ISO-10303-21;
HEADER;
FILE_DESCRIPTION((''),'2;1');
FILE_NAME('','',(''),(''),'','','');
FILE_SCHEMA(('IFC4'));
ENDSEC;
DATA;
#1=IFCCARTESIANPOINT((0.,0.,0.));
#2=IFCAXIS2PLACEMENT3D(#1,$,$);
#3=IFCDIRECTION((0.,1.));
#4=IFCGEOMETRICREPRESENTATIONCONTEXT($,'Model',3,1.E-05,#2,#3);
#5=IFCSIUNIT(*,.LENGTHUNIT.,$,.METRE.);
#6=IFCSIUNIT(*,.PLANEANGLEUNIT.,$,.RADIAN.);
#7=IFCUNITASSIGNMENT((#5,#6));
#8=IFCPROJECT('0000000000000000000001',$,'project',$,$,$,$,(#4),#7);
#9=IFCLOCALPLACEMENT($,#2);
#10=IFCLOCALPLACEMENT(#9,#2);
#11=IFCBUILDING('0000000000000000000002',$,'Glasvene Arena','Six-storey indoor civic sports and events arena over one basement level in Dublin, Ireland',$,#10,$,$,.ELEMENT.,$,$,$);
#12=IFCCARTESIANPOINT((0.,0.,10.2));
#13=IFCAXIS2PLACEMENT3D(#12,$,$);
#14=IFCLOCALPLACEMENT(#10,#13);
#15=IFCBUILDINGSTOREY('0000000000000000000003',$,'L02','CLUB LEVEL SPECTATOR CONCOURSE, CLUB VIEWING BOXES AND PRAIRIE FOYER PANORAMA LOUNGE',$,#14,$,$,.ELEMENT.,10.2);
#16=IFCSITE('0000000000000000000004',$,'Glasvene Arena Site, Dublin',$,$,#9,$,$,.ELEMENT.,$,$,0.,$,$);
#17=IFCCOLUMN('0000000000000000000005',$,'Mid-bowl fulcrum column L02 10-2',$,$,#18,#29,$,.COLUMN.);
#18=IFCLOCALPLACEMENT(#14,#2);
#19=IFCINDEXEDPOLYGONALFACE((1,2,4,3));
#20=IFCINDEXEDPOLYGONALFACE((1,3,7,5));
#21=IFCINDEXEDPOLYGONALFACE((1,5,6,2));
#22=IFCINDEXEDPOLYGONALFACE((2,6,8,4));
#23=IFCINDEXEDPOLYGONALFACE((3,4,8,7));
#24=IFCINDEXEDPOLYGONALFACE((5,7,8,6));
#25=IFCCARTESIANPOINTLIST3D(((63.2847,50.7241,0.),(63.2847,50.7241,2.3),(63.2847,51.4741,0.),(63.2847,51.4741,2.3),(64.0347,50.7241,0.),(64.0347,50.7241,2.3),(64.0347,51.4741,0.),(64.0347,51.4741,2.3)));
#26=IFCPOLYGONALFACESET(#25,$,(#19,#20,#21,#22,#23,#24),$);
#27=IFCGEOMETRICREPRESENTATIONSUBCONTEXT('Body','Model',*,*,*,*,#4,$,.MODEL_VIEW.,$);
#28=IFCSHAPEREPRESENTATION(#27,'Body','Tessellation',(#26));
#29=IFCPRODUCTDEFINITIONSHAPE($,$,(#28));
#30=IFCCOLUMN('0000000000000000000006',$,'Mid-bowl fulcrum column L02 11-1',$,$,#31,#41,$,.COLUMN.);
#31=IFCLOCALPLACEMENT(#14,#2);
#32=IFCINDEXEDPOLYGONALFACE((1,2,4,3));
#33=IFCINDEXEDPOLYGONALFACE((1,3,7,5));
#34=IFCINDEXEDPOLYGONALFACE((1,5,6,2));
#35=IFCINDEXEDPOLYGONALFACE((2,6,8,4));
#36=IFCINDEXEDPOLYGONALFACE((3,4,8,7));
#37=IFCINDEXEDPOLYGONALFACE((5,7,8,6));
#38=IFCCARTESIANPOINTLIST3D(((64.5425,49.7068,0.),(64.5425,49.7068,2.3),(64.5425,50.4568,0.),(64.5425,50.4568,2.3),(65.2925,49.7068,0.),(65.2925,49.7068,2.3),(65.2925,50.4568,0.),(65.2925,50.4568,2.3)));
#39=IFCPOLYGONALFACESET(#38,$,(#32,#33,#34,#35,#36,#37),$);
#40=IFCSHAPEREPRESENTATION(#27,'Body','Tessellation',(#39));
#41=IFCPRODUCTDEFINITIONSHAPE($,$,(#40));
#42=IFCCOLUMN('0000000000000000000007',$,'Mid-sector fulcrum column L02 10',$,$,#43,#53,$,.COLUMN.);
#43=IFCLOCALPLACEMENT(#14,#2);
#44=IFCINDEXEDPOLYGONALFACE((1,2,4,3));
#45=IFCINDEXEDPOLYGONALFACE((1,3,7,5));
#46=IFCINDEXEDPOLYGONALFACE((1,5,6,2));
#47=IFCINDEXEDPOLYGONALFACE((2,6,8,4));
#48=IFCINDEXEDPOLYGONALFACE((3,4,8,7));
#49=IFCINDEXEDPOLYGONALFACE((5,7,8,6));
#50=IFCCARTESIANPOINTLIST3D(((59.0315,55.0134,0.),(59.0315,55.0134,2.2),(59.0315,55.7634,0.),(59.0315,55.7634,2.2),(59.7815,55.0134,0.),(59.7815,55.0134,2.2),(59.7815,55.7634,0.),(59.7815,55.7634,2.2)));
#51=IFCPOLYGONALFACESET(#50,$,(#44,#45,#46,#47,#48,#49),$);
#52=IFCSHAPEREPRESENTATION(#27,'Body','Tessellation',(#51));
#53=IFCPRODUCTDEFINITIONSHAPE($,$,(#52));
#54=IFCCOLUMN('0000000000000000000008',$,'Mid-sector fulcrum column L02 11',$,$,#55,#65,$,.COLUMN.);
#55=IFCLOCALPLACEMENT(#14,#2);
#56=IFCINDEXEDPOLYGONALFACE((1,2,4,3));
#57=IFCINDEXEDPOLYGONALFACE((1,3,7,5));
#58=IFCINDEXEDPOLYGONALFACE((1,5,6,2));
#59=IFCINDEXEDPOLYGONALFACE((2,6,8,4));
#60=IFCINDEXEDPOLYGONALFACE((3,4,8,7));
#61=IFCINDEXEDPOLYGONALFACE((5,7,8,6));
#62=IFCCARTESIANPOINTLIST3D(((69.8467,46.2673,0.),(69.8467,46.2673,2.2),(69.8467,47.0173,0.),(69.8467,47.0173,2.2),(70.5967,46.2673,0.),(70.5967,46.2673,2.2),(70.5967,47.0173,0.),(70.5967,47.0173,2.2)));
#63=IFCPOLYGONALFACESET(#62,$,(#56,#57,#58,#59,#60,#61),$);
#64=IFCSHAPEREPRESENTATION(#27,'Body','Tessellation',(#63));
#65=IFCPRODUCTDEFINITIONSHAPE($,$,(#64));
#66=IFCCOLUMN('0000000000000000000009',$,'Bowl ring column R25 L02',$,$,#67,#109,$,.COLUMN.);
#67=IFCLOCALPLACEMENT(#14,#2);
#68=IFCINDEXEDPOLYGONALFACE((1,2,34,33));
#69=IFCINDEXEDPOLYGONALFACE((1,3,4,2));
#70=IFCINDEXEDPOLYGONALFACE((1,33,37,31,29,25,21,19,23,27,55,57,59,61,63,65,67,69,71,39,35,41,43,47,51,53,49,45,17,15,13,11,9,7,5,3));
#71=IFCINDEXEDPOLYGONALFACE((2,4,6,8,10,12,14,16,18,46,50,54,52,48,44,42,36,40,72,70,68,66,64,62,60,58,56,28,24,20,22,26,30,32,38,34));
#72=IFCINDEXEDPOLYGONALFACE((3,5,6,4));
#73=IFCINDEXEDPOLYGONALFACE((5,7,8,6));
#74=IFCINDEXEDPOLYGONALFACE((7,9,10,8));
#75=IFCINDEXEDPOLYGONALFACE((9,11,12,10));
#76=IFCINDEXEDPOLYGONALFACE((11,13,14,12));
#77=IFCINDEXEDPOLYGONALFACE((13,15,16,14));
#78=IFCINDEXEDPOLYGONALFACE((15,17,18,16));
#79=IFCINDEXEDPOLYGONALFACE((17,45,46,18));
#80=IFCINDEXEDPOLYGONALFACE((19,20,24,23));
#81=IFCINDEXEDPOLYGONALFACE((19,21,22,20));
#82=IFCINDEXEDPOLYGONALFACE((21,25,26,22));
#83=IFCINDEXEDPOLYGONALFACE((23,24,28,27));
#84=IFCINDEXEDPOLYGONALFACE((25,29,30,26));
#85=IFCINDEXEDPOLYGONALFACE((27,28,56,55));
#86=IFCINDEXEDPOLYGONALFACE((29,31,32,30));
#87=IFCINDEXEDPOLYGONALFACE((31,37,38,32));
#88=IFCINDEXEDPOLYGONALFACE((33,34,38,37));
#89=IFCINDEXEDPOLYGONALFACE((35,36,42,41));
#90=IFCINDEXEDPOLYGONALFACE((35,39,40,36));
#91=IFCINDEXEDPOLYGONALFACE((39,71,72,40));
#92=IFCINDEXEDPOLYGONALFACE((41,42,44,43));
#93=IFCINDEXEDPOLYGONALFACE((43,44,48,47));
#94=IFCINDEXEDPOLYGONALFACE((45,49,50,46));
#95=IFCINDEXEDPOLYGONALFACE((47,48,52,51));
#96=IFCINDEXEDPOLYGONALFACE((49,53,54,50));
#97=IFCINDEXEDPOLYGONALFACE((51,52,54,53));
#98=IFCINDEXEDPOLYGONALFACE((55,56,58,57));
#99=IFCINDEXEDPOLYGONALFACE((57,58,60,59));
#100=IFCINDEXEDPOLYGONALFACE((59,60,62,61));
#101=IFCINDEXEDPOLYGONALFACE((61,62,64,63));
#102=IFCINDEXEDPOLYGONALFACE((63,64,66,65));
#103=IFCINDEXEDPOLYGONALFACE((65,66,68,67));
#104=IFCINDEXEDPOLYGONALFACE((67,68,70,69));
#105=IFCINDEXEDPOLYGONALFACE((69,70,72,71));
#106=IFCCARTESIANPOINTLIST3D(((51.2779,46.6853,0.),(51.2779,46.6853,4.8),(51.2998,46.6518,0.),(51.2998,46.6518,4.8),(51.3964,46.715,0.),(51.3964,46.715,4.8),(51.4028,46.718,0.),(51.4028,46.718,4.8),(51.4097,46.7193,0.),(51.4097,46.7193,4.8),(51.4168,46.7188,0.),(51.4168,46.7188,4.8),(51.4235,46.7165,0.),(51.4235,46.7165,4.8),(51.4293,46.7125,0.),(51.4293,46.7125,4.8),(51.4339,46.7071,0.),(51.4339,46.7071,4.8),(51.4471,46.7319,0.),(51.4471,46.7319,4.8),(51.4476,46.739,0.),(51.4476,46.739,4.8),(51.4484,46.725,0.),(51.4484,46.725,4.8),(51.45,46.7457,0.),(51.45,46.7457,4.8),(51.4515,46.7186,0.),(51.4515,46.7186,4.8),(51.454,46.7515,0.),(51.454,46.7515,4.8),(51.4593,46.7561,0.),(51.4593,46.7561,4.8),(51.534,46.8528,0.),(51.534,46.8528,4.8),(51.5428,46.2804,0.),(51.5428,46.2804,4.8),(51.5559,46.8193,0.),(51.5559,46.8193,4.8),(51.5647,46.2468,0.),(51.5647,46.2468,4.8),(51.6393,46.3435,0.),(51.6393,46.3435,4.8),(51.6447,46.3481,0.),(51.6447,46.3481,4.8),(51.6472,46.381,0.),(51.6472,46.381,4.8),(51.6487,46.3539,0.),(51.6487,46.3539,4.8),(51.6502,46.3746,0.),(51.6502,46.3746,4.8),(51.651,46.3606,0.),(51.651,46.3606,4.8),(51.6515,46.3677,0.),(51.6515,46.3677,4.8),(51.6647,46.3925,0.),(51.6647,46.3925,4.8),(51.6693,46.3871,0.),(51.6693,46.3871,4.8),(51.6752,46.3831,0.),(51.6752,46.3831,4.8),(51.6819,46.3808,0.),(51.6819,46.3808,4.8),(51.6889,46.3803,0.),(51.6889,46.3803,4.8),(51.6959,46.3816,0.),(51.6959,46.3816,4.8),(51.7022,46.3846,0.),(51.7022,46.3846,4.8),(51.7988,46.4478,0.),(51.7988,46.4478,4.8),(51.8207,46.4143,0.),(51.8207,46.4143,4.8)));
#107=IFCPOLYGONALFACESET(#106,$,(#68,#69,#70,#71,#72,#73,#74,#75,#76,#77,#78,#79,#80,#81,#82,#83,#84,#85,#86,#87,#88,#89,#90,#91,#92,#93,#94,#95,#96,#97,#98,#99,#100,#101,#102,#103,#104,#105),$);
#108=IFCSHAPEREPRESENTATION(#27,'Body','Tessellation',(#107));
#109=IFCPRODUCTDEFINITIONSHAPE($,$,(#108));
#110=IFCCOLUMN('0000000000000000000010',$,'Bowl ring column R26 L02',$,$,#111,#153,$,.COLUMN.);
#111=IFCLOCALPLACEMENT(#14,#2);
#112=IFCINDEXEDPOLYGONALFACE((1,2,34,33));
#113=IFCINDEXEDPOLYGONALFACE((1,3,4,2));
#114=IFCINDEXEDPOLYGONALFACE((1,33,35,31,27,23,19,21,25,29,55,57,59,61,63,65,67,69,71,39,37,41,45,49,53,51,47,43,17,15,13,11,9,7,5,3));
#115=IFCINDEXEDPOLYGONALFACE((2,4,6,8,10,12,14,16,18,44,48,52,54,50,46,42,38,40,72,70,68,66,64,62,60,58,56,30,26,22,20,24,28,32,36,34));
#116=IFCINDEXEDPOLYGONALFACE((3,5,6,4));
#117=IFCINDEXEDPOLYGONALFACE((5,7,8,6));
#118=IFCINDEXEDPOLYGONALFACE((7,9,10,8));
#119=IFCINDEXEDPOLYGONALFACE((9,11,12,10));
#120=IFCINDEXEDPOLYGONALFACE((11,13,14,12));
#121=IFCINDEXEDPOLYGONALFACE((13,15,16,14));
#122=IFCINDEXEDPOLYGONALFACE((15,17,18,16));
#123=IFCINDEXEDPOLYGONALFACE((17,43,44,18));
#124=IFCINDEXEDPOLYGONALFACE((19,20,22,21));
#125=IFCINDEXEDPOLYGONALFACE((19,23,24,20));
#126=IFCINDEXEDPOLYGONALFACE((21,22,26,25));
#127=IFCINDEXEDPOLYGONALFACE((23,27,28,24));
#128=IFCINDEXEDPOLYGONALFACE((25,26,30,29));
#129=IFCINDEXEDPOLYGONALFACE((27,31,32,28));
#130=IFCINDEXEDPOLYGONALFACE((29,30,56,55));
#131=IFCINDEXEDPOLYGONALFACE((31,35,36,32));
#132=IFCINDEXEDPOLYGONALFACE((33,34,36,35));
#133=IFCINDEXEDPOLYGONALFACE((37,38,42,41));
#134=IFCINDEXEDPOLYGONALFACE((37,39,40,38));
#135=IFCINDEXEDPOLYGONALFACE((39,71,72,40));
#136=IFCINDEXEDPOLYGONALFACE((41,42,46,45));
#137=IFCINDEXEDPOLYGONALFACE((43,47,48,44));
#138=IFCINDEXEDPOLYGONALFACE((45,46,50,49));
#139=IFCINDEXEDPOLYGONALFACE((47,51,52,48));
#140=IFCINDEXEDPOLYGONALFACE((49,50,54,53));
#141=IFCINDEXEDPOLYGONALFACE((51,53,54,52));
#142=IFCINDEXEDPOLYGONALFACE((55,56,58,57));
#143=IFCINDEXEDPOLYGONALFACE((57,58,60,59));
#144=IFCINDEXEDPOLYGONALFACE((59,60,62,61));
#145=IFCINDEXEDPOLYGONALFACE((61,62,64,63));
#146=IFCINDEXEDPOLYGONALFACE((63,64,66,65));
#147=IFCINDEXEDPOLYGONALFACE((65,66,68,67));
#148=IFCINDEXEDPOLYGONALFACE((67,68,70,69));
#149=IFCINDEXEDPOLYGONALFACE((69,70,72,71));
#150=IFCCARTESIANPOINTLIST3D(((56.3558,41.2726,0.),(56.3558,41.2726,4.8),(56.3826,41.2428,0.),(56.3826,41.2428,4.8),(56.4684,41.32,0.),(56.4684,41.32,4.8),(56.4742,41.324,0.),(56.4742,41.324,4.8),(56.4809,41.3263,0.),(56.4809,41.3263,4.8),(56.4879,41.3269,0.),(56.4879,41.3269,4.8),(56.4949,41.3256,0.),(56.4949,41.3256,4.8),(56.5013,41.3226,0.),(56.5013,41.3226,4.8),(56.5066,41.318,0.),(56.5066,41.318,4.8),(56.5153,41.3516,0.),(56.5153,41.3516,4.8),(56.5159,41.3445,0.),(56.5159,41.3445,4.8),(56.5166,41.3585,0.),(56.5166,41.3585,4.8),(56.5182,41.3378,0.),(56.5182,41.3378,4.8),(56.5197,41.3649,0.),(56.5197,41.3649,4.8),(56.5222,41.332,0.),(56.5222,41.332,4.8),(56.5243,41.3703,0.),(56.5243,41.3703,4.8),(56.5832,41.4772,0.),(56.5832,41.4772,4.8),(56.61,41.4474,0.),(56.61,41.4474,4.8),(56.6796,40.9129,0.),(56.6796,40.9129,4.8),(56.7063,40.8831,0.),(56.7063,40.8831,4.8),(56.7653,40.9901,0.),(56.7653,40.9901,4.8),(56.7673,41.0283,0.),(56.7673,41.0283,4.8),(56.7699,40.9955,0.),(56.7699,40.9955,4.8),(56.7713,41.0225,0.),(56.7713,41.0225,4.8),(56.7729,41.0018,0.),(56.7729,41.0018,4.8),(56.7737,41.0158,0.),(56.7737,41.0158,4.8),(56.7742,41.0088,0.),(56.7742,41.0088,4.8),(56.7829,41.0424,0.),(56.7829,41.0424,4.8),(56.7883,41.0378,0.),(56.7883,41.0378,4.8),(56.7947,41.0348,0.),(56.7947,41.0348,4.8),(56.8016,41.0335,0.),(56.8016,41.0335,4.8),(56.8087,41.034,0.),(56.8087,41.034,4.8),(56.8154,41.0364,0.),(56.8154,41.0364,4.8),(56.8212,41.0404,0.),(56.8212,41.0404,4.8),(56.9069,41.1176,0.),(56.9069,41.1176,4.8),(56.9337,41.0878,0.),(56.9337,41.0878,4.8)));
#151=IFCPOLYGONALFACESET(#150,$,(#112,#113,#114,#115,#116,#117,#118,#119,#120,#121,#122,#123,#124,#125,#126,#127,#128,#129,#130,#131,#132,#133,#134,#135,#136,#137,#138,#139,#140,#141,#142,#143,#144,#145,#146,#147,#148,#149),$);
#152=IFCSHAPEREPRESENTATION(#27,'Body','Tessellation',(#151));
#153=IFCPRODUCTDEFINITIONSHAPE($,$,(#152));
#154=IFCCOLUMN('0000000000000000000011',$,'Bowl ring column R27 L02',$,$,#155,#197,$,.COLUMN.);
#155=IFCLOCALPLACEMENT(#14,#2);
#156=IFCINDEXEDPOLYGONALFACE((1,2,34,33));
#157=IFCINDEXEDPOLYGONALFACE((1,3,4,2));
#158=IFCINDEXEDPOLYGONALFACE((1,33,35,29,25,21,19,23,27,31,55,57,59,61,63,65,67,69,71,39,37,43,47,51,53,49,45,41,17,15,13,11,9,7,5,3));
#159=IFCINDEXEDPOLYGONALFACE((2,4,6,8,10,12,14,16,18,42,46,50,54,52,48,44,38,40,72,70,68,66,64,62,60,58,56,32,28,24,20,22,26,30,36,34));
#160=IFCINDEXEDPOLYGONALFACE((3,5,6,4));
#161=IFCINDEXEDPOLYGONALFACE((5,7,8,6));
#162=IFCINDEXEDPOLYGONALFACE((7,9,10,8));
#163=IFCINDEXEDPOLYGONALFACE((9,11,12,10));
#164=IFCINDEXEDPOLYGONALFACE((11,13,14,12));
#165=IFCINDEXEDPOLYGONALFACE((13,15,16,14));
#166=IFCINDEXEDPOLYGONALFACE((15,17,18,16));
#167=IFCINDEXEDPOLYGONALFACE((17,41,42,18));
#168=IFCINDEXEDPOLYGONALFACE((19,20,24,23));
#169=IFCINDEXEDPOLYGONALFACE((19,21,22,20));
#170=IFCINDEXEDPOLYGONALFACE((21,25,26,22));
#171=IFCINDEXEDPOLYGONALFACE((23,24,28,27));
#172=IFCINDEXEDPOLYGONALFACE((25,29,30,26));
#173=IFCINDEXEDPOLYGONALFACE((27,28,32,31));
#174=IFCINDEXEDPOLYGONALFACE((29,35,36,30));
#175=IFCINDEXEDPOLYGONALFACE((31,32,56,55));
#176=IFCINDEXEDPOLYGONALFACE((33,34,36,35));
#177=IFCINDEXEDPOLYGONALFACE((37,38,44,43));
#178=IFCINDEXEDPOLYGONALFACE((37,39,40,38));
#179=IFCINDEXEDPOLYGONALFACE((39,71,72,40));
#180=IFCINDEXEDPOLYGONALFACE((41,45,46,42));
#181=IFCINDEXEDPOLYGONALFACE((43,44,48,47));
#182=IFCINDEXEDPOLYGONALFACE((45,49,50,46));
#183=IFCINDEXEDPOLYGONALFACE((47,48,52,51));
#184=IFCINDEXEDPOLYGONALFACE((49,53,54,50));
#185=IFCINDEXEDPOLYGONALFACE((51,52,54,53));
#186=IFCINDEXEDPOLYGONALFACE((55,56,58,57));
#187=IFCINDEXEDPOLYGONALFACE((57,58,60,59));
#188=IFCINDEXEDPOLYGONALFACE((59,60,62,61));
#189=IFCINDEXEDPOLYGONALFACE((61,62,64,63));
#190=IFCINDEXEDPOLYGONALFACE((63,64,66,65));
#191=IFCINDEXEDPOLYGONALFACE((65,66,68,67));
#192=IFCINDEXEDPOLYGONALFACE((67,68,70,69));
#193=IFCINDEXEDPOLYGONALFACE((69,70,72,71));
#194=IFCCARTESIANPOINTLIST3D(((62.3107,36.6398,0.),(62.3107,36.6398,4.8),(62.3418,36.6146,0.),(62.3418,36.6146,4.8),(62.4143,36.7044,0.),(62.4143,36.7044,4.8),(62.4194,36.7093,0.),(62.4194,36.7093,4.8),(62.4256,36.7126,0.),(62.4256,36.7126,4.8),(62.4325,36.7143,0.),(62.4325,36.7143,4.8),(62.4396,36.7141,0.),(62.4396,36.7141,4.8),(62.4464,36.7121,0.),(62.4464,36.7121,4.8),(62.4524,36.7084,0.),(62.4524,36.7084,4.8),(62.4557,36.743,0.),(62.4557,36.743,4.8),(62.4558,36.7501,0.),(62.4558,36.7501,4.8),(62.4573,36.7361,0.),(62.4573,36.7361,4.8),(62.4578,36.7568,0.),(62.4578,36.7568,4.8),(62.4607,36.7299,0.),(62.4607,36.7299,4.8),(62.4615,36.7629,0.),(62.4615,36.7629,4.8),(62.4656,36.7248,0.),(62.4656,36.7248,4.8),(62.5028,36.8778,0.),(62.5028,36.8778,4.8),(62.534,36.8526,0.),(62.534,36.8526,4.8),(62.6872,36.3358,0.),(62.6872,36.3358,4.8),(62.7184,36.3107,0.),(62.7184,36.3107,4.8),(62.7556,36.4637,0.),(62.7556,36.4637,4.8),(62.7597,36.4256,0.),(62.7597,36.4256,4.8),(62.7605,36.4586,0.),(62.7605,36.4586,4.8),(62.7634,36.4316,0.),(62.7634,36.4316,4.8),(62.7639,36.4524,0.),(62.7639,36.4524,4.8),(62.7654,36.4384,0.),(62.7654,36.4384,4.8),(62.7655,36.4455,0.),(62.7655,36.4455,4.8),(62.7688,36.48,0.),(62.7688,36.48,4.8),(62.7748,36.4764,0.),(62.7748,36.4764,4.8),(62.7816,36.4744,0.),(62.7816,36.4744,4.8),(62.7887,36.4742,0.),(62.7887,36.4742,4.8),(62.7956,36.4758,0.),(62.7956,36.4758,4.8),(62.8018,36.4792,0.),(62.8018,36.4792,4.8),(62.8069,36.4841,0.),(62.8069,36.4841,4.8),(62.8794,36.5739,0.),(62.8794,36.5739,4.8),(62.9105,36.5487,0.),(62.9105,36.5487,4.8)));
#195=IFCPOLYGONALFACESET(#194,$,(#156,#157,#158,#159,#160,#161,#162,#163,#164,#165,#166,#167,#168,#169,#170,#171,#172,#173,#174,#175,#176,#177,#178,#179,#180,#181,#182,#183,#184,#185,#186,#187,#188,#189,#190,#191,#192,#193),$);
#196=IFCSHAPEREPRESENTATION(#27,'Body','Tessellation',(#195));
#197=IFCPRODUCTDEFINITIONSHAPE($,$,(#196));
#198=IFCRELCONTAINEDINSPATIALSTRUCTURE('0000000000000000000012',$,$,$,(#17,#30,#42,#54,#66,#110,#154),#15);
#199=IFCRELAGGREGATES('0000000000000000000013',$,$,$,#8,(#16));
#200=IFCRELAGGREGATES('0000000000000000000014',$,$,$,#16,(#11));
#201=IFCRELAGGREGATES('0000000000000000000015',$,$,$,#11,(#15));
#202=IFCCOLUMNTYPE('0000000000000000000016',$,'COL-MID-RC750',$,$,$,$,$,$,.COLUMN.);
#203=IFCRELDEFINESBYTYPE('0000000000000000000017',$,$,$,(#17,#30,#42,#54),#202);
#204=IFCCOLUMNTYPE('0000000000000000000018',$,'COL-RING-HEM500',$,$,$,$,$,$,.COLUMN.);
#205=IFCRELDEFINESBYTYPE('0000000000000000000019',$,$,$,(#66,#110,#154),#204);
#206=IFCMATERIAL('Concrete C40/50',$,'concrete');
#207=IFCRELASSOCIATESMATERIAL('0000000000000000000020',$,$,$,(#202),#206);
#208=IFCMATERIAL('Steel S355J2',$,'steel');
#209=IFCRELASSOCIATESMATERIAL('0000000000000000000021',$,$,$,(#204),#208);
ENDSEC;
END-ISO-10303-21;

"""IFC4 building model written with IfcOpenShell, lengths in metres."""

from ifc_helpers import new_model, si_unit, direction, frame, origin, origin_2d, place, context, subcontext, project, spatial, rectangle, i_section, extrude, material, material_profile, profile_set, type_object, element, save


model = new_model("IFC4")

# Units and contexts
model_context = context("Model", 3, precision=1e-05, world=origin(), true_north=direction((0.0, 1.0)))
body_context = subcontext(model_context, "Body", "Model", "MODEL_VIEW")
ifc_project = project(units=[si_unit("LENGTHUNIT", "METRE"), si_unit("PLANEANGLEUNIT", "RADIAN")], contexts=[model_context])

# Site, building, storey
site_placement = place(None, origin())
site = spatial("IfcSite", under=ifc_project, at=site_placement, Name="Glasvene Arena Site, Dublin", CompositionType="ELEMENT", RefElevation=0.0)
building_placement = place(site_placement, origin())
building = spatial("IfcBuilding", under=site, at=building_placement, Name="Glasvene Arena", Description="Six-storey indoor civic sports and events arena over one basement level in Dublin, Ireland", CompositionType="ELEMENT")
storey_placement = place(building_placement, frame((0.0, 0.0, 10.2)))
storey = spatial("IfcBuildingStorey", under=building, at=storey_placement, Name="L02", Description="CLUB LEVEL SPECTATOR CONCOURSE, CLUB VIEWING BOXES AND PRAIRIE FOYER PANORAMA LOUNGE", CompositionType="ELEMENT", Elevation=10.2)

# Columns
ifc_material_1 = material(Name="Concrete C40/50", Category="concrete")
ifc_material_profile_1 = material_profile(ifc_material_1, rectangle(XDim=0.75, YDim=0.75, at=origin_2d()), Name="RC 750x750")
ifc_profile_set_1 = profile_set([ifc_material_profile_1], Name="Concrete C40/50")
column_type_1 = type_object("IfcColumnType", Name="COL-MID-RC750", PredefinedType="COLUMN", material=ifc_profile_set_1)
for number, where, z_axis, x_axis, name in (
    (1, (63.6597, 51.0991, 0.0), (0.0, 0.0, 1.0), (1.0, 0.0, 0.0), "Mid-bowl fulcrum column L02 10-2"),
    (2, (64.9175, 50.0818, 0.0), (0.0, 0.0, 1.0), (1.0, 0.0, 0.0), "Mid-bowl fulcrum column L02 11-1"),
):
    element("IfcColumn", number, at=place(storey_placement, frame(where, z_axis=z_axis, x_axis=x_axis)), inside=storey, type_object=column_type_1, Name=name, PredefinedType="COLUMN", context=body_context, shape_type="SweptSolid", body=[
        extrude(rectangle(XDim=0.75, YDim=0.75, at=origin_2d()), origin(), (0.0, 0.0, 1.0), 2.3),
    ])
for number, where, z_axis, x_axis, name in (
    (3, (59.4065, 55.3884, 0.0), (0.0, 0.0, 1.0), (1.0, 0.0, 0.0), "Mid-sector fulcrum column L02 10"),
    (4, (70.2217, 46.6423, 0.0), (0.0, 0.0, 1.0), (1.0, 0.0, 0.0), "Mid-sector fulcrum column L02 11"),
):
    element("IfcColumn", number, at=place(storey_placement, frame(where, z_axis=z_axis, x_axis=x_axis)), inside=storey, type_object=column_type_1, Name=name, PredefinedType="COLUMN", context=body_context, shape_type="SweptSolid", body=[
        extrude(rectangle(XDim=0.75, YDim=0.75, at=origin_2d()), origin(), (0.0, 0.0, 1.0), 2.2),
    ])
ifc_material_2 = material(Name="Steel S355J2", Category="steel")
ifc_material_profile_2 = material_profile(ifc_material_2, i_section(OverallWidth=0.3059, OverallDepth=0.5239, WebThickness=0.021, FlangeThickness=0.04, FilletRadius=0.0271, at=origin_2d()), Name="HEM 500")
ifc_profile_set_2 = profile_set([ifc_material_profile_2], Name="Steel S355J2")
column_type_2 = type_object("IfcColumnType", Name="COL-RING-HEM500", PredefinedType="COLUMN", material=ifc_profile_set_2)
for number, where, z_axis, x_axis, name in (
    (5, (51.5493, 46.5498, 0.0), (0.0, 0.0, 1.0), (-0.836955, -0.547271, 0.0), "Bowl ring column R25 L02"),
    (6, (56.6448, 41.1802, 0.0), (0.0, 0.0, 1.0), (-0.743262, -0.669001, 0.0), "Bowl ring column R26 L02"),
    (7, (62.6106, 36.5942, 0.0), (0.0, 0.0, 1.0), (-0.628099, -0.778134, 0.0), "Bowl ring column R27 L02"),
):
    element("IfcColumn", number, at=place(storey_placement, frame(where, z_axis=z_axis, x_axis=x_axis)), inside=storey, type_object=column_type_2, Name=name, PredefinedType="COLUMN", context=body_context, shape_type="SweptSolid", body=[
        extrude(i_section(OverallWidth=0.3059, OverallDepth=0.5239, WebThickness=0.021, FlangeThickness=0.04, FilletRadius=0.0271, at=origin_2d()), origin(), (0.0, 0.0, 1.0), 4.8),
    ])

save(model, "model.ifc")
